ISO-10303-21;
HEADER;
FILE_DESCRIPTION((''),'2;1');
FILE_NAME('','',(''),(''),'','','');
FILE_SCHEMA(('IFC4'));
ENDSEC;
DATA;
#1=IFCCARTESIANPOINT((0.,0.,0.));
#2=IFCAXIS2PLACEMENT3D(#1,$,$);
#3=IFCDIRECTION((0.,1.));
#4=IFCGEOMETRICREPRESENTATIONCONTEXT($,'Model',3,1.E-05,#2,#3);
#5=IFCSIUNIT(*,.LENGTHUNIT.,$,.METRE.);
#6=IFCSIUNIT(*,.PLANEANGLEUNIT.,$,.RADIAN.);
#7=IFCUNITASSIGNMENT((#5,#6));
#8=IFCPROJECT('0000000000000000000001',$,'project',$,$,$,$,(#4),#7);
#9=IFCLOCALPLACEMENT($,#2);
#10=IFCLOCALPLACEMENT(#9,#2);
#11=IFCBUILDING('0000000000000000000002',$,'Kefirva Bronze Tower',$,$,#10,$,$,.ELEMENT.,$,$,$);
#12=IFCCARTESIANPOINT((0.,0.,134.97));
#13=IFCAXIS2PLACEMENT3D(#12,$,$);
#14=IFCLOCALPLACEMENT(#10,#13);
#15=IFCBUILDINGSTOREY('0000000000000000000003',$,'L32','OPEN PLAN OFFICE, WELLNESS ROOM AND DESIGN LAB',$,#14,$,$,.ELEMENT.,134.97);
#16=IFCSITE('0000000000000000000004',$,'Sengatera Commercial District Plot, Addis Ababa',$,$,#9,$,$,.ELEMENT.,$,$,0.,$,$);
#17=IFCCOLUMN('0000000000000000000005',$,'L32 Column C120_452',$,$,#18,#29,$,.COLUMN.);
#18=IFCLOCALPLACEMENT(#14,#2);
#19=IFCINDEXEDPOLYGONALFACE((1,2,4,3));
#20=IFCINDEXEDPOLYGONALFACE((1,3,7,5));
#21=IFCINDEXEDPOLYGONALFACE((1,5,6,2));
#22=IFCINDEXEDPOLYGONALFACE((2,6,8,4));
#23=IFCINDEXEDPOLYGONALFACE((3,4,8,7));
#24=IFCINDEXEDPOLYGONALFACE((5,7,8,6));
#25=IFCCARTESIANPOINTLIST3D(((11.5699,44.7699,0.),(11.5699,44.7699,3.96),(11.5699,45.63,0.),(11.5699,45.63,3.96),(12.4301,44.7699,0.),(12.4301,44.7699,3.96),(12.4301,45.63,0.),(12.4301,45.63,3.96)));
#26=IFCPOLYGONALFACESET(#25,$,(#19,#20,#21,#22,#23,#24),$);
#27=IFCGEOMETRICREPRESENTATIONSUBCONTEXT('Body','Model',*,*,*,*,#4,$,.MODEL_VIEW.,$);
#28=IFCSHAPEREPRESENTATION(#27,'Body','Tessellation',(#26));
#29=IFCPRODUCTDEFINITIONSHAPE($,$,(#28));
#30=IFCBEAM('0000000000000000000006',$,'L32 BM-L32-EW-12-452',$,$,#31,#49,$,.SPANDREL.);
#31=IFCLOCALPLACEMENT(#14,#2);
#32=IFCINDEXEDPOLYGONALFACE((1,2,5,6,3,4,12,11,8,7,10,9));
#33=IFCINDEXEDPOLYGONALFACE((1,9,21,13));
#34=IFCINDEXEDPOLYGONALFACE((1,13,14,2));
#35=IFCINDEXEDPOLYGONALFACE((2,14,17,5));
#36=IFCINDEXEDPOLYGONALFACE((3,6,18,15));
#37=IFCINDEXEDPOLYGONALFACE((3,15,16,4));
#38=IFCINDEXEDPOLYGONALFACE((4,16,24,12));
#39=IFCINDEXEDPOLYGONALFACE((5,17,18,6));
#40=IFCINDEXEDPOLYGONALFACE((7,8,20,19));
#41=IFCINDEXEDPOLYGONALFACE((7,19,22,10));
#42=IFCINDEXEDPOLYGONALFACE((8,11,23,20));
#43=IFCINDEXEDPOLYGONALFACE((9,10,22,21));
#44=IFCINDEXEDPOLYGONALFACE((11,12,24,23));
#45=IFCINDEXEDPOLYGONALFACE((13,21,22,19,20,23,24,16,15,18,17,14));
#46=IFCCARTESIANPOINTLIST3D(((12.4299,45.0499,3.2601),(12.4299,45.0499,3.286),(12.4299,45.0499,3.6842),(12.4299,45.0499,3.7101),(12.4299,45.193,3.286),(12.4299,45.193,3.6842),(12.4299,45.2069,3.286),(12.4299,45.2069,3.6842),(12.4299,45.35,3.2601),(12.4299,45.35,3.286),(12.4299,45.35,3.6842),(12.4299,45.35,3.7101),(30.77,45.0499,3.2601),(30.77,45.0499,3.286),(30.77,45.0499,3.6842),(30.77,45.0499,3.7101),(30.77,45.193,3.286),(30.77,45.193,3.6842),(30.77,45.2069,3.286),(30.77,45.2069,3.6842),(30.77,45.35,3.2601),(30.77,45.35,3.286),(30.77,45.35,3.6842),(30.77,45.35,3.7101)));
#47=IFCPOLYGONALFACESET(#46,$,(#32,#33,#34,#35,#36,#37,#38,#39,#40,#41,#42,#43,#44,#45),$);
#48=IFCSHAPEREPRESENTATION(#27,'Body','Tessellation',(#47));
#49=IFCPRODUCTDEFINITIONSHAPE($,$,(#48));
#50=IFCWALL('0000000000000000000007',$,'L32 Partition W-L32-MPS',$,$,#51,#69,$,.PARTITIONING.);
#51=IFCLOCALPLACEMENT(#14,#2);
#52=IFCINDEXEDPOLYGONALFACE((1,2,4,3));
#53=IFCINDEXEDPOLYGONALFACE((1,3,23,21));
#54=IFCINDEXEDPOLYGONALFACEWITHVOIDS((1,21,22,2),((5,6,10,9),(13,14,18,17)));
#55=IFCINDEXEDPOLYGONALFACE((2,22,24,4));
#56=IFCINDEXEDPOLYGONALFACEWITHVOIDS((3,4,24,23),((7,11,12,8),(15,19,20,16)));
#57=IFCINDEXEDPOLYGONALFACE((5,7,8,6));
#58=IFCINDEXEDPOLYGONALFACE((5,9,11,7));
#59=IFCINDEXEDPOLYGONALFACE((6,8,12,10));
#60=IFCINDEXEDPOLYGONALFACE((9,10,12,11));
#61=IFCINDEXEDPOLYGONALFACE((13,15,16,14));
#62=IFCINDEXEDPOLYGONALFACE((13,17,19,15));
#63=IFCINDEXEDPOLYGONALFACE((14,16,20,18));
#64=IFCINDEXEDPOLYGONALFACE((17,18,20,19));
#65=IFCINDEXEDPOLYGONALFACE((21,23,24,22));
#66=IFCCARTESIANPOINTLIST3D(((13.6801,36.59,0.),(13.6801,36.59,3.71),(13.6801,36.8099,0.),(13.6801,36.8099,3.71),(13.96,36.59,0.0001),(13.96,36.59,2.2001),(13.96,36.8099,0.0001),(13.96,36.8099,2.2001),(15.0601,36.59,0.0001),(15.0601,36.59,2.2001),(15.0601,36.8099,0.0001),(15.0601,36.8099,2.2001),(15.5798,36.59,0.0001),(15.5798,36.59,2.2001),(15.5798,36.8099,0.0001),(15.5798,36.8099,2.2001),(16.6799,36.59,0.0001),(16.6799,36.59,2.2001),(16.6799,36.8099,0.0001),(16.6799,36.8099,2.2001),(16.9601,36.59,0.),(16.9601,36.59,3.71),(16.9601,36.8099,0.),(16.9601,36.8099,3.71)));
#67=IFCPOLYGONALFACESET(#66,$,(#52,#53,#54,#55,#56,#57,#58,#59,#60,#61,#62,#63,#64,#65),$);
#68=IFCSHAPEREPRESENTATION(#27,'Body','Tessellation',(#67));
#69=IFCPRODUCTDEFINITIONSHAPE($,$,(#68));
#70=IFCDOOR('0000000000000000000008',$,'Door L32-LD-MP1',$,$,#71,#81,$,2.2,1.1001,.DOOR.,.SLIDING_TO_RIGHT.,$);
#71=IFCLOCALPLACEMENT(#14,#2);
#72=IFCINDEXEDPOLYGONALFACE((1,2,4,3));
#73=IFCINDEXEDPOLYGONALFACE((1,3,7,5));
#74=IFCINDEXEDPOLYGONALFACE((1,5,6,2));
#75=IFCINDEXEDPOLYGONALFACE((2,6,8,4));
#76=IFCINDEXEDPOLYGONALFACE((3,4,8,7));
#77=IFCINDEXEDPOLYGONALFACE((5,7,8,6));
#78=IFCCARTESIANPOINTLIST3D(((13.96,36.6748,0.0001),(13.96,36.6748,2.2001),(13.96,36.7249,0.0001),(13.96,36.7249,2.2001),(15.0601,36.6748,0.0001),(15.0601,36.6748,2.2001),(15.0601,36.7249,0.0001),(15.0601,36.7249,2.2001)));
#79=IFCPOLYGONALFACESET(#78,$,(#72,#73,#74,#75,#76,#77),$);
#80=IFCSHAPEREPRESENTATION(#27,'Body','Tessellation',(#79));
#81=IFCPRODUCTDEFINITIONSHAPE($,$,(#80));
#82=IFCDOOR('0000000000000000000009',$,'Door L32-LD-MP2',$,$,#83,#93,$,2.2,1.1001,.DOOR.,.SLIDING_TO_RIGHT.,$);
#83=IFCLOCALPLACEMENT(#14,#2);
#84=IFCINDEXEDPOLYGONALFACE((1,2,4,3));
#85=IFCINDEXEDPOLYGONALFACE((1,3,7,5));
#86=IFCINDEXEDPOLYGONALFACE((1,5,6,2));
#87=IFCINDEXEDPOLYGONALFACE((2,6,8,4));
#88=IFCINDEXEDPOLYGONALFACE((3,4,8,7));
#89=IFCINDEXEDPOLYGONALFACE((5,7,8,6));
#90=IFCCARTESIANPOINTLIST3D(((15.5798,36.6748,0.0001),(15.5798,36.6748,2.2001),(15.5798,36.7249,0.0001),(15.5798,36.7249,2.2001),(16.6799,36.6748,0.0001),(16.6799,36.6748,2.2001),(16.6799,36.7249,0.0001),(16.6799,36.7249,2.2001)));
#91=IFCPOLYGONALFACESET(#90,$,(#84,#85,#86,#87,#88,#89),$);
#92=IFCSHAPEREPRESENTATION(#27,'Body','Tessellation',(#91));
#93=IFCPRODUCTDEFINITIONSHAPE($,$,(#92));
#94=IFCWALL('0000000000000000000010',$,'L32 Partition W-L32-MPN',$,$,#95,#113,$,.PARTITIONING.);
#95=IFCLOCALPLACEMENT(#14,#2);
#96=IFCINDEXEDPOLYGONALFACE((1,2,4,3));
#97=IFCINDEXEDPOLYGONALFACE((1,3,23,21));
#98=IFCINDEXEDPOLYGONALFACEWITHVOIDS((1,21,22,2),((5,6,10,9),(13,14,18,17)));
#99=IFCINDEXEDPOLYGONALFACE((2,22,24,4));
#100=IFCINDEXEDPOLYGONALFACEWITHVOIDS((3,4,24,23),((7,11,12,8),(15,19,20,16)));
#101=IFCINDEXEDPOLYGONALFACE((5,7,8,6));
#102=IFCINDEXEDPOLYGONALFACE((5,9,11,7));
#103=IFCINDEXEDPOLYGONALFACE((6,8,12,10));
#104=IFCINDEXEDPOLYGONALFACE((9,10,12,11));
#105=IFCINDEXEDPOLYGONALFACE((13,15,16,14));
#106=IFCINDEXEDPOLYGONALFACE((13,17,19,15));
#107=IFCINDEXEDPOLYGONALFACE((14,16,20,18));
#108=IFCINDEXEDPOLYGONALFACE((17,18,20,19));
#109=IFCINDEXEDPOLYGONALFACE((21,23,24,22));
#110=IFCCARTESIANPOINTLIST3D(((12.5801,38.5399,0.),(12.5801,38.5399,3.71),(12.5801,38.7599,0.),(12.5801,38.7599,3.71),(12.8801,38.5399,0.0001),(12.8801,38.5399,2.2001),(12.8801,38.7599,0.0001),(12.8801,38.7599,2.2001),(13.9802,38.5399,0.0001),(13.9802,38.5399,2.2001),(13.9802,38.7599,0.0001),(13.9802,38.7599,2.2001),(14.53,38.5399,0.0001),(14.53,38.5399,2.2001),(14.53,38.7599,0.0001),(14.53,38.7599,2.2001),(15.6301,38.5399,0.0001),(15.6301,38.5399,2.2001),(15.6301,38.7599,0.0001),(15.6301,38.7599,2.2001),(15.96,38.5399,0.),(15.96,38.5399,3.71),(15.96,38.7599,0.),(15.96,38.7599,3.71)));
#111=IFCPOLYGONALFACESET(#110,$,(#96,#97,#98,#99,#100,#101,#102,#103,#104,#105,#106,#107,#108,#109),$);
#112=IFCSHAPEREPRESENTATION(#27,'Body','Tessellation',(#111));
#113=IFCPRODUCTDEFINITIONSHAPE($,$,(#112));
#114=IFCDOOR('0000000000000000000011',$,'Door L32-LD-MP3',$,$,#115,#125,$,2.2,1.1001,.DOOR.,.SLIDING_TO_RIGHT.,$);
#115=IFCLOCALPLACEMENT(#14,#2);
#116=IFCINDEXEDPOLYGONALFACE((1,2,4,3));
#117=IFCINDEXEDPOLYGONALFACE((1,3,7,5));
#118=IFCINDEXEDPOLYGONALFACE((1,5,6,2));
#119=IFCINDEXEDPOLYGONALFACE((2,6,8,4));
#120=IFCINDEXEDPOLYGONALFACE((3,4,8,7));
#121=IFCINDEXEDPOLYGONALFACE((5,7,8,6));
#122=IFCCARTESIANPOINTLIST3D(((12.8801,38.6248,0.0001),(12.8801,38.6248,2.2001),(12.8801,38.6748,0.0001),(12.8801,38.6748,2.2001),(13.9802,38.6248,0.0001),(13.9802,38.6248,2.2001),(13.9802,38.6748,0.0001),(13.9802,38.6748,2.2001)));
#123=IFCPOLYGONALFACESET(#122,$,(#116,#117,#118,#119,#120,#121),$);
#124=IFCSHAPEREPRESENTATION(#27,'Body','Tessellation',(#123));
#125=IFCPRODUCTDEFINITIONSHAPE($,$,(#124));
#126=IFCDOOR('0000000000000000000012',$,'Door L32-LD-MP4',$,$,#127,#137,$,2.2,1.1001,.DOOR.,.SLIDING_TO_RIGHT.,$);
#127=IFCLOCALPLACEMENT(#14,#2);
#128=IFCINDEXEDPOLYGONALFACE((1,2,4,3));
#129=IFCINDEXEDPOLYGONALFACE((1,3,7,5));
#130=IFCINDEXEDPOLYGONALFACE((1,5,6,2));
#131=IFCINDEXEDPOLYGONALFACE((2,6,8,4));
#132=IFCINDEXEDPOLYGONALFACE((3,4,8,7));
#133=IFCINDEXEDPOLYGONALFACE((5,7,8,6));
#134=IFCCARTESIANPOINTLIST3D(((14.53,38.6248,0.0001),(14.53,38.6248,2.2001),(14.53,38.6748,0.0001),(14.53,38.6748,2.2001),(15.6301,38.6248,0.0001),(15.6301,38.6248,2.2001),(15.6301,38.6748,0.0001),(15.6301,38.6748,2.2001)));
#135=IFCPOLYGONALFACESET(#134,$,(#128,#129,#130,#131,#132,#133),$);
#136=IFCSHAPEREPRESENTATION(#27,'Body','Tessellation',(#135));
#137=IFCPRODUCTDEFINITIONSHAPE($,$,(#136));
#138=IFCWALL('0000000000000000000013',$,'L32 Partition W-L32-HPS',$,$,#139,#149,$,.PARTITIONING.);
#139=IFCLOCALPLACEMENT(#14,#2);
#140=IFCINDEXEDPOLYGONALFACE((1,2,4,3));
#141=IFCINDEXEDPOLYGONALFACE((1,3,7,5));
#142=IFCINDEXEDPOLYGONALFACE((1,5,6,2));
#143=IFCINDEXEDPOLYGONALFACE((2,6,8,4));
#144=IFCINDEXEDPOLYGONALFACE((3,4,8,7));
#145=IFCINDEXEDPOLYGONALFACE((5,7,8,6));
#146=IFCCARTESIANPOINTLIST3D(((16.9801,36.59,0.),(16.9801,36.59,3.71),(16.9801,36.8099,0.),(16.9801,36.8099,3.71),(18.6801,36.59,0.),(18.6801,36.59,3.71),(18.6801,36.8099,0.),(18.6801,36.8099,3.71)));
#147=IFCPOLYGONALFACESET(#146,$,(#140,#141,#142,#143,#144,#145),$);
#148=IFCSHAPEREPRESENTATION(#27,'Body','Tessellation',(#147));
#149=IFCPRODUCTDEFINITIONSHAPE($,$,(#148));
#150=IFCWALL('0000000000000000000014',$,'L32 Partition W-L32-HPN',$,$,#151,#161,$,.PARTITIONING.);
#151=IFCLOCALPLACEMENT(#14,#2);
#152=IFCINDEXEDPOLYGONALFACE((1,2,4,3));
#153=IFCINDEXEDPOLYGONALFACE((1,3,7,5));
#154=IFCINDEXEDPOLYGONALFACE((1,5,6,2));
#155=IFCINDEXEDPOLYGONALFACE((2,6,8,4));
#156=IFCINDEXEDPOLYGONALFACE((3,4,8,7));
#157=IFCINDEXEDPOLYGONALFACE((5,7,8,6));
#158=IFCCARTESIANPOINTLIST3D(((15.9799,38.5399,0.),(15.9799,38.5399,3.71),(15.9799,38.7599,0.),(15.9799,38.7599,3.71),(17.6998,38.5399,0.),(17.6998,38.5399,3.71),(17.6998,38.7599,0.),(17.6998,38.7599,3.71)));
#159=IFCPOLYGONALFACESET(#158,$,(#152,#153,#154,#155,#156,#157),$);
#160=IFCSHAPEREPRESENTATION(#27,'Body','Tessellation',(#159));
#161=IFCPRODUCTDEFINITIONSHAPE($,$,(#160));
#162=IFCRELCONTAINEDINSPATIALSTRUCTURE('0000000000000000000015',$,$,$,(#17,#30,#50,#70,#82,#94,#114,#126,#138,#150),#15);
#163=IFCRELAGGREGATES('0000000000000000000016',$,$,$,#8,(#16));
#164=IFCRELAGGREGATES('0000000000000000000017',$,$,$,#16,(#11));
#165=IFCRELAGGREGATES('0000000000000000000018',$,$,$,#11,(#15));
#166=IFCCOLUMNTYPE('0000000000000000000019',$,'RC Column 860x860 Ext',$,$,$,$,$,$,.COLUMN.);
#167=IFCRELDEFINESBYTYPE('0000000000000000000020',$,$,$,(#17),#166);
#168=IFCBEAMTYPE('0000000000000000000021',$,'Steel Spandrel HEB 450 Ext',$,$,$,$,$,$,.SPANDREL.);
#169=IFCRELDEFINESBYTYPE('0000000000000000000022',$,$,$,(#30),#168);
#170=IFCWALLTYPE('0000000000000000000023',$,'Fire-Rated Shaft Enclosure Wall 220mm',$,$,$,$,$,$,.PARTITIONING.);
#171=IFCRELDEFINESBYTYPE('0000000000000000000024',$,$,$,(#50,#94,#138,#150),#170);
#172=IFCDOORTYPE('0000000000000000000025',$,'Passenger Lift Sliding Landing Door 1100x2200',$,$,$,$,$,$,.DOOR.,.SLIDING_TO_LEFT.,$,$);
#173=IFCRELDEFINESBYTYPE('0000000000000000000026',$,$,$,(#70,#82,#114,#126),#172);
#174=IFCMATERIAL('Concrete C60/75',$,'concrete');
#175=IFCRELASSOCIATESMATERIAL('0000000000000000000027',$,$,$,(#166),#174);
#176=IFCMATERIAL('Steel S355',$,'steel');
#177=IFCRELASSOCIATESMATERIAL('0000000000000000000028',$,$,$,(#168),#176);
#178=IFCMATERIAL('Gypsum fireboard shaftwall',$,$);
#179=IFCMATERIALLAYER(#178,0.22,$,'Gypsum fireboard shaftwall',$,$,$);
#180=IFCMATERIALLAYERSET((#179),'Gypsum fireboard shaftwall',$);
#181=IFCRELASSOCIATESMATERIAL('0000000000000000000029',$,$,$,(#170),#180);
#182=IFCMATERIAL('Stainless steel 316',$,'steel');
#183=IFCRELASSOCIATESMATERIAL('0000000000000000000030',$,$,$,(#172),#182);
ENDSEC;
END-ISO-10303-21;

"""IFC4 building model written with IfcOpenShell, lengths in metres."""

from ifc_helpers import new_model, si_unit, direction, frame, frame_2d, origin, origin_2d, place, context, subcontext, project, spatial, rectangle, i_section, extrude, material, layer, layer_set, material_profile, profile_set, type_object, element, fill, save


model = new_model("IFC4")

# Units and contexts
model_context = context("Model", 3, precision=1e-05, world=origin(), true_north=direction((0.0, 1.0)))
body_context = subcontext(model_context, "Body", "Model", "MODEL_VIEW")
ifc_project = project(units=[si_unit("LENGTHUNIT", "METRE"), si_unit("PLANEANGLEUNIT", "RADIAN")], contexts=[model_context])

# Site, building, storey
site_placement = place(None, origin())
site = spatial("IfcSite", under=ifc_project, at=site_placement, Name="Sengatera Commercial District Plot, Addis Ababa", CompositionType="ELEMENT", RefElevation=0.0)
building_placement = place(site_placement, origin())
building = spatial("IfcBuilding", under=site, at=building_placement, Name="Kefirva Bronze Tower", CompositionType="ELEMENT")
storey_placement = place(building_placement, frame((0.0, 0.0, 134.97)))
storey = spatial("IfcBuildingStorey", under=building, at=storey_placement, Name="L32", Description="OPEN PLAN OFFICE, WELLNESS ROOM AND DESIGN LAB", CompositionType="ELEMENT", Elevation=134.97)

# Column
ifc_material_1 = material(Name="Concrete C60/75", Category="concrete")
ifc_material_profile_1 = material_profile(ifc_material_1, rectangle(XDim=0.8601, YDim=0.8601, at=origin_2d()), Name="RC 860x860")
ifc_profile_set_1 = profile_set([ifc_material_profile_1], Name="Concrete C60/75")
column_type = type_object("IfcColumnType", Name="RC Column 860x860 Ext", PredefinedType="COLUMN", material=ifc_profile_set_1)
column_placement = place(storey_placement, frame((12.0, 45.2, 0.0), z_axis=(0.0, 0.0, 1.0), x_axis=(1.0, 0.0, 0.0)))
element("IfcColumn", 1, at=column_placement, inside=storey, type_object=column_type, Name="L32 Column C120_452", PredefinedType="COLUMN", context=body_context, shape_type="SweptSolid", body=[
    extrude(rectangle(XDim=0.8601, YDim=0.8601, at=origin_2d()), origin(), (0.0, 0.0, 1.0), 3.96),
])

# Beam
ifc_material_2 = material(Name="Steel S355", Category="steel")
ifc_material_profile_2 = material_profile(ifc_material_2, i_section(OverallWidth=0.3, OverallDepth=0.45, WebThickness=0.0139, FlangeThickness=0.0259, at=origin_2d()), Name="HEB 450")
ifc_profile_set_2 = profile_set([ifc_material_profile_2], Name="Steel S355")
beam_type = type_object("IfcBeamType", Name="Steel Spandrel HEB 450 Ext", PredefinedType="SPANDREL", material=ifc_profile_set_2)
beam_placement = place(storey_placement, frame((12.4299, 45.2, 3.4851), z_axis=(1.0, 0.0, 0.0), x_axis=(0.0, 1.0, 0.0)))
element("IfcBeam", 2, at=beam_placement, inside=storey, type_object=beam_type, Name="L32 BM-L32-EW-12-452", PredefinedType="SPANDREL", context=body_context, shape_type="SweptSolid", body=[
    extrude(i_section(OverallWidth=0.3, OverallDepth=0.45, WebThickness=0.0139, FlangeThickness=0.0259, at=origin_2d()), origin(), (0.0, 0.0, 1.0), 18.3401),
])

# Walls, openings, doors
ifc_material_3 = material(Name="Gypsum fireboard shaftwall")
ifc_layer_1 = layer(ifc_material_3, 0.22, Name="Gypsum fireboard shaftwall")
ifc_layer_set_1 = layer_set([ifc_layer_1], Name="Gypsum fireboard shaftwall")
wall_type_1 = type_object("IfcWallType", Name="Fire-Rated Shaft Enclosure Wall 220mm", PredefinedType="PARTITIONING", material=ifc_layer_set_1)
wall_1_placement = place(storey_placement, frame((13.6799, 36.7, 0.0), z_axis=(0.0, 0.0, 1.0), x_axis=(1.0, 0.0, 0.0)))
wall_1 = element("IfcWall", 3, at=wall_1_placement, inside=storey, type_object=wall_type_1, Name="L32 Partition W-L32-MPS", PredefinedType="PARTITIONING", context=body_context, shape_type="SweptSolid", body=[
    extrude(rectangle(XDim=3.28, YDim=0.22, at=frame_2d((1.6401, 0.0))), origin(), (0.0, 0.0, 1.0), 3.71),
])
opening_1_placement = place(wall_1_placement, frame((0.28, 0.0, 0.0)))
opening_1 = element("IfcOpeningElement", 4, at=opening_1_placement, cuts=wall_1, PredefinedType="OPENING", context=body_context, shape_type="SweptSolid", body=[
    extrude(rectangle(XDim=1.1001, YDim=2.2, at=frame_2d((0.55, 1.1001))), frame((0.0, 0.1201, 0.0), z_axis=(0.0, -1.0, 0.0), x_axis=(1.0, 0.0, 0.0)), (0.0, 0.0, 1.0), 0.24),
])
opening_2_placement = place(wall_1_placement, frame((1.8999, 0.0, 0.0)))
opening_2 = element("IfcOpeningElement", 5, at=opening_2_placement, cuts=wall_1, PredefinedType="OPENING", context=body_context, shape_type="SweptSolid", body=[
    extrude(rectangle(XDim=1.1001, YDim=2.2, at=frame_2d((0.55, 1.1001))), frame((0.0, 0.1201, 0.0), z_axis=(0.0, -1.0, 0.0), x_axis=(1.0, 0.0, 0.0)), (0.0, 0.0, 1.0), 0.24),
])
ifc_material_4 = material(Name="Stainless steel 316", Category="steel")
door_type_1 = type_object("IfcDoorType", Name="Passenger Lift Sliding Landing Door 1100x2200", OperationType="SLIDING_TO_LEFT", PredefinedType="DOOR", material=ifc_material_4)
door_1_placement = place(opening_1_placement, origin())
door_1 = element("IfcDoor", 6, at=door_1_placement, inside=storey, type_object=door_type_1, Name="Door L32-LD-MP1", OperationType="SLIDING_TO_RIGHT", OverallHeight=2.2, OverallWidth=1.1001, PredefinedType="DOOR", context=body_context, shape_type="SweptSolid", body=[
    extrude(rectangle(XDim=1.1001, YDim=2.2, at=frame_2d((0.55, 1.1001))), frame((0.0, 0.0249, 0.0), z_axis=(0.0, -1.0, 0.0), x_axis=(1.0, 0.0, 0.0)), (0.0, 0.0, 1.0), 0.05),
])
fill(opening_1, door_1)
door_2_placement = place(opening_2_placement, origin())
door_2 = element("IfcDoor", 7, at=door_2_placement, inside=storey, type_object=door_type_1, Name="Door L32-LD-MP2", OperationType="SLIDING_TO_RIGHT", OverallHeight=2.2, OverallWidth=1.1001, PredefinedType="DOOR", context=body_context, shape_type="SweptSolid", body=[
    extrude(rectangle(XDim=1.1001, YDim=2.2, at=frame_2d((0.55, 1.1001))), frame((0.0, 0.0249, 0.0), z_axis=(0.0, -1.0, 0.0), x_axis=(1.0, 0.0, 0.0)), (0.0, 0.0, 1.0), 0.05),
])
fill(opening_2, door_2)
wall_2_placement = place(storey_placement, frame((12.5801, 38.6499, 0.0), z_axis=(0.0, 0.0, 1.0), x_axis=(1.0, 0.0, 0.0)))
wall_2 = element("IfcWall", 8, at=wall_2_placement, inside=storey, type_object=wall_type_1, Name="L32 Partition W-L32-MPN", PredefinedType="PARTITIONING", context=body_context, shape_type="SweptSolid", body=[
    extrude(rectangle(XDim=3.3799, YDim=0.22, at=frame_2d((1.6899, 0.0))), origin(), (0.0, 0.0, 1.0), 3.71),
])
opening_3_placement = place(wall_2_placement, frame((0.3, 0.0, 0.0)))
opening_3 = element("IfcOpeningElement", 9, at=opening_3_placement, cuts=wall_2, PredefinedType="OPENING", context=body_context, shape_type="SweptSolid", body=[
    extrude(rectangle(XDim=1.1001, YDim=2.2, at=frame_2d((0.55, 1.1001))), frame((0.0, 0.1201, 0.0), z_axis=(0.0, -1.0, 0.0), x_axis=(1.0, 0.0, 0.0)), (0.0, 0.0, 1.0), 0.24),
])
opening_4_placement = place(wall_2_placement, frame((1.95, 0.0, 0.0)))
opening_4 = element("IfcOpeningElement", 10, at=opening_4_placement, cuts=wall_2, PredefinedType="OPENING", context=body_context, shape_type="SweptSolid", body=[
    extrude(rectangle(XDim=1.1001, YDim=2.2, at=frame_2d((0.55, 1.1001))), frame((0.0, 0.1201, 0.0), z_axis=(0.0, -1.0, 0.0), x_axis=(1.0, 0.0, 0.0)), (0.0, 0.0, 1.0), 0.24),
])
door_3_placement = place(opening_3_placement, origin())
door_3 = element("IfcDoor", 11, at=door_3_placement, inside=storey, type_object=door_type_1, Name="Door L32-LD-MP3", OperationType="SLIDING_TO_RIGHT", OverallHeight=2.2, OverallWidth=1.1001, PredefinedType="DOOR", context=body_context, shape_type="SweptSolid", body=[
    extrude(rectangle(XDim=1.1001, YDim=2.2, at=frame_2d((0.55, 1.1001))), frame((0.0, 0.0249, 0.0), z_axis=(0.0, -1.0, 0.0), x_axis=(1.0, 0.0, 0.0)), (0.0, 0.0, 1.0), 0.05),
])
fill(opening_3, door_3)
door_4_placement = place(opening_4_placement, origin())
door_4 = element("IfcDoor", 12, at=door_4_placement, inside=storey, type_object=door_type_1, Name="Door L32-LD-MP4", OperationType="SLIDING_TO_RIGHT", OverallHeight=2.2, OverallWidth=1.1001, PredefinedType="DOOR", context=body_context, shape_type="SweptSolid", body=[
    extrude(rectangle(XDim=1.1001, YDim=2.2, at=frame_2d((0.55, 1.1001))), frame((0.0, 0.0249, 0.0), z_axis=(0.0, -1.0, 0.0), x_axis=(1.0, 0.0, 0.0)), (0.0, 0.0, 1.0), 0.05),
])
fill(opening_4, door_4)

# Walls
wall_3_placement = place(storey_placement, frame((16.98, 36.7, 0.0), z_axis=(0.0, 0.0, 1.0), x_axis=(1.0, 0.0, 0.0)))
element("IfcWall", 13, at=wall_3_placement, inside=storey, type_object=wall_type_1, Name="L32 Partition W-L32-HPS", PredefinedType="PARTITIONING", context=body_context, shape_type="SweptSolid", body=[
    extrude(rectangle(XDim=1.7, YDim=0.22, at=frame_2d((0.8501, 0.0))), origin(), (0.0, 0.0, 1.0), 3.71),
])
wall_4_placement = place(storey_placement, frame((15.98, 38.6499, 0.0), z_axis=(0.0, 0.0, 1.0), x_axis=(1.0, 0.0, 0.0)))
element("IfcWall", 14, at=wall_4_placement, inside=storey, type_object=wall_type_1, Name="L32 Partition W-L32-HPN", PredefinedType="PARTITIONING", context=body_context, shape_type="SweptSolid", body=[
    extrude(rectangle(XDim=1.72, YDim=0.22, at=frame_2d((0.8599, 0.0))), origin(), (0.0, 0.0, 1.0), 3.71),
])

save(model, "model.ifc")
